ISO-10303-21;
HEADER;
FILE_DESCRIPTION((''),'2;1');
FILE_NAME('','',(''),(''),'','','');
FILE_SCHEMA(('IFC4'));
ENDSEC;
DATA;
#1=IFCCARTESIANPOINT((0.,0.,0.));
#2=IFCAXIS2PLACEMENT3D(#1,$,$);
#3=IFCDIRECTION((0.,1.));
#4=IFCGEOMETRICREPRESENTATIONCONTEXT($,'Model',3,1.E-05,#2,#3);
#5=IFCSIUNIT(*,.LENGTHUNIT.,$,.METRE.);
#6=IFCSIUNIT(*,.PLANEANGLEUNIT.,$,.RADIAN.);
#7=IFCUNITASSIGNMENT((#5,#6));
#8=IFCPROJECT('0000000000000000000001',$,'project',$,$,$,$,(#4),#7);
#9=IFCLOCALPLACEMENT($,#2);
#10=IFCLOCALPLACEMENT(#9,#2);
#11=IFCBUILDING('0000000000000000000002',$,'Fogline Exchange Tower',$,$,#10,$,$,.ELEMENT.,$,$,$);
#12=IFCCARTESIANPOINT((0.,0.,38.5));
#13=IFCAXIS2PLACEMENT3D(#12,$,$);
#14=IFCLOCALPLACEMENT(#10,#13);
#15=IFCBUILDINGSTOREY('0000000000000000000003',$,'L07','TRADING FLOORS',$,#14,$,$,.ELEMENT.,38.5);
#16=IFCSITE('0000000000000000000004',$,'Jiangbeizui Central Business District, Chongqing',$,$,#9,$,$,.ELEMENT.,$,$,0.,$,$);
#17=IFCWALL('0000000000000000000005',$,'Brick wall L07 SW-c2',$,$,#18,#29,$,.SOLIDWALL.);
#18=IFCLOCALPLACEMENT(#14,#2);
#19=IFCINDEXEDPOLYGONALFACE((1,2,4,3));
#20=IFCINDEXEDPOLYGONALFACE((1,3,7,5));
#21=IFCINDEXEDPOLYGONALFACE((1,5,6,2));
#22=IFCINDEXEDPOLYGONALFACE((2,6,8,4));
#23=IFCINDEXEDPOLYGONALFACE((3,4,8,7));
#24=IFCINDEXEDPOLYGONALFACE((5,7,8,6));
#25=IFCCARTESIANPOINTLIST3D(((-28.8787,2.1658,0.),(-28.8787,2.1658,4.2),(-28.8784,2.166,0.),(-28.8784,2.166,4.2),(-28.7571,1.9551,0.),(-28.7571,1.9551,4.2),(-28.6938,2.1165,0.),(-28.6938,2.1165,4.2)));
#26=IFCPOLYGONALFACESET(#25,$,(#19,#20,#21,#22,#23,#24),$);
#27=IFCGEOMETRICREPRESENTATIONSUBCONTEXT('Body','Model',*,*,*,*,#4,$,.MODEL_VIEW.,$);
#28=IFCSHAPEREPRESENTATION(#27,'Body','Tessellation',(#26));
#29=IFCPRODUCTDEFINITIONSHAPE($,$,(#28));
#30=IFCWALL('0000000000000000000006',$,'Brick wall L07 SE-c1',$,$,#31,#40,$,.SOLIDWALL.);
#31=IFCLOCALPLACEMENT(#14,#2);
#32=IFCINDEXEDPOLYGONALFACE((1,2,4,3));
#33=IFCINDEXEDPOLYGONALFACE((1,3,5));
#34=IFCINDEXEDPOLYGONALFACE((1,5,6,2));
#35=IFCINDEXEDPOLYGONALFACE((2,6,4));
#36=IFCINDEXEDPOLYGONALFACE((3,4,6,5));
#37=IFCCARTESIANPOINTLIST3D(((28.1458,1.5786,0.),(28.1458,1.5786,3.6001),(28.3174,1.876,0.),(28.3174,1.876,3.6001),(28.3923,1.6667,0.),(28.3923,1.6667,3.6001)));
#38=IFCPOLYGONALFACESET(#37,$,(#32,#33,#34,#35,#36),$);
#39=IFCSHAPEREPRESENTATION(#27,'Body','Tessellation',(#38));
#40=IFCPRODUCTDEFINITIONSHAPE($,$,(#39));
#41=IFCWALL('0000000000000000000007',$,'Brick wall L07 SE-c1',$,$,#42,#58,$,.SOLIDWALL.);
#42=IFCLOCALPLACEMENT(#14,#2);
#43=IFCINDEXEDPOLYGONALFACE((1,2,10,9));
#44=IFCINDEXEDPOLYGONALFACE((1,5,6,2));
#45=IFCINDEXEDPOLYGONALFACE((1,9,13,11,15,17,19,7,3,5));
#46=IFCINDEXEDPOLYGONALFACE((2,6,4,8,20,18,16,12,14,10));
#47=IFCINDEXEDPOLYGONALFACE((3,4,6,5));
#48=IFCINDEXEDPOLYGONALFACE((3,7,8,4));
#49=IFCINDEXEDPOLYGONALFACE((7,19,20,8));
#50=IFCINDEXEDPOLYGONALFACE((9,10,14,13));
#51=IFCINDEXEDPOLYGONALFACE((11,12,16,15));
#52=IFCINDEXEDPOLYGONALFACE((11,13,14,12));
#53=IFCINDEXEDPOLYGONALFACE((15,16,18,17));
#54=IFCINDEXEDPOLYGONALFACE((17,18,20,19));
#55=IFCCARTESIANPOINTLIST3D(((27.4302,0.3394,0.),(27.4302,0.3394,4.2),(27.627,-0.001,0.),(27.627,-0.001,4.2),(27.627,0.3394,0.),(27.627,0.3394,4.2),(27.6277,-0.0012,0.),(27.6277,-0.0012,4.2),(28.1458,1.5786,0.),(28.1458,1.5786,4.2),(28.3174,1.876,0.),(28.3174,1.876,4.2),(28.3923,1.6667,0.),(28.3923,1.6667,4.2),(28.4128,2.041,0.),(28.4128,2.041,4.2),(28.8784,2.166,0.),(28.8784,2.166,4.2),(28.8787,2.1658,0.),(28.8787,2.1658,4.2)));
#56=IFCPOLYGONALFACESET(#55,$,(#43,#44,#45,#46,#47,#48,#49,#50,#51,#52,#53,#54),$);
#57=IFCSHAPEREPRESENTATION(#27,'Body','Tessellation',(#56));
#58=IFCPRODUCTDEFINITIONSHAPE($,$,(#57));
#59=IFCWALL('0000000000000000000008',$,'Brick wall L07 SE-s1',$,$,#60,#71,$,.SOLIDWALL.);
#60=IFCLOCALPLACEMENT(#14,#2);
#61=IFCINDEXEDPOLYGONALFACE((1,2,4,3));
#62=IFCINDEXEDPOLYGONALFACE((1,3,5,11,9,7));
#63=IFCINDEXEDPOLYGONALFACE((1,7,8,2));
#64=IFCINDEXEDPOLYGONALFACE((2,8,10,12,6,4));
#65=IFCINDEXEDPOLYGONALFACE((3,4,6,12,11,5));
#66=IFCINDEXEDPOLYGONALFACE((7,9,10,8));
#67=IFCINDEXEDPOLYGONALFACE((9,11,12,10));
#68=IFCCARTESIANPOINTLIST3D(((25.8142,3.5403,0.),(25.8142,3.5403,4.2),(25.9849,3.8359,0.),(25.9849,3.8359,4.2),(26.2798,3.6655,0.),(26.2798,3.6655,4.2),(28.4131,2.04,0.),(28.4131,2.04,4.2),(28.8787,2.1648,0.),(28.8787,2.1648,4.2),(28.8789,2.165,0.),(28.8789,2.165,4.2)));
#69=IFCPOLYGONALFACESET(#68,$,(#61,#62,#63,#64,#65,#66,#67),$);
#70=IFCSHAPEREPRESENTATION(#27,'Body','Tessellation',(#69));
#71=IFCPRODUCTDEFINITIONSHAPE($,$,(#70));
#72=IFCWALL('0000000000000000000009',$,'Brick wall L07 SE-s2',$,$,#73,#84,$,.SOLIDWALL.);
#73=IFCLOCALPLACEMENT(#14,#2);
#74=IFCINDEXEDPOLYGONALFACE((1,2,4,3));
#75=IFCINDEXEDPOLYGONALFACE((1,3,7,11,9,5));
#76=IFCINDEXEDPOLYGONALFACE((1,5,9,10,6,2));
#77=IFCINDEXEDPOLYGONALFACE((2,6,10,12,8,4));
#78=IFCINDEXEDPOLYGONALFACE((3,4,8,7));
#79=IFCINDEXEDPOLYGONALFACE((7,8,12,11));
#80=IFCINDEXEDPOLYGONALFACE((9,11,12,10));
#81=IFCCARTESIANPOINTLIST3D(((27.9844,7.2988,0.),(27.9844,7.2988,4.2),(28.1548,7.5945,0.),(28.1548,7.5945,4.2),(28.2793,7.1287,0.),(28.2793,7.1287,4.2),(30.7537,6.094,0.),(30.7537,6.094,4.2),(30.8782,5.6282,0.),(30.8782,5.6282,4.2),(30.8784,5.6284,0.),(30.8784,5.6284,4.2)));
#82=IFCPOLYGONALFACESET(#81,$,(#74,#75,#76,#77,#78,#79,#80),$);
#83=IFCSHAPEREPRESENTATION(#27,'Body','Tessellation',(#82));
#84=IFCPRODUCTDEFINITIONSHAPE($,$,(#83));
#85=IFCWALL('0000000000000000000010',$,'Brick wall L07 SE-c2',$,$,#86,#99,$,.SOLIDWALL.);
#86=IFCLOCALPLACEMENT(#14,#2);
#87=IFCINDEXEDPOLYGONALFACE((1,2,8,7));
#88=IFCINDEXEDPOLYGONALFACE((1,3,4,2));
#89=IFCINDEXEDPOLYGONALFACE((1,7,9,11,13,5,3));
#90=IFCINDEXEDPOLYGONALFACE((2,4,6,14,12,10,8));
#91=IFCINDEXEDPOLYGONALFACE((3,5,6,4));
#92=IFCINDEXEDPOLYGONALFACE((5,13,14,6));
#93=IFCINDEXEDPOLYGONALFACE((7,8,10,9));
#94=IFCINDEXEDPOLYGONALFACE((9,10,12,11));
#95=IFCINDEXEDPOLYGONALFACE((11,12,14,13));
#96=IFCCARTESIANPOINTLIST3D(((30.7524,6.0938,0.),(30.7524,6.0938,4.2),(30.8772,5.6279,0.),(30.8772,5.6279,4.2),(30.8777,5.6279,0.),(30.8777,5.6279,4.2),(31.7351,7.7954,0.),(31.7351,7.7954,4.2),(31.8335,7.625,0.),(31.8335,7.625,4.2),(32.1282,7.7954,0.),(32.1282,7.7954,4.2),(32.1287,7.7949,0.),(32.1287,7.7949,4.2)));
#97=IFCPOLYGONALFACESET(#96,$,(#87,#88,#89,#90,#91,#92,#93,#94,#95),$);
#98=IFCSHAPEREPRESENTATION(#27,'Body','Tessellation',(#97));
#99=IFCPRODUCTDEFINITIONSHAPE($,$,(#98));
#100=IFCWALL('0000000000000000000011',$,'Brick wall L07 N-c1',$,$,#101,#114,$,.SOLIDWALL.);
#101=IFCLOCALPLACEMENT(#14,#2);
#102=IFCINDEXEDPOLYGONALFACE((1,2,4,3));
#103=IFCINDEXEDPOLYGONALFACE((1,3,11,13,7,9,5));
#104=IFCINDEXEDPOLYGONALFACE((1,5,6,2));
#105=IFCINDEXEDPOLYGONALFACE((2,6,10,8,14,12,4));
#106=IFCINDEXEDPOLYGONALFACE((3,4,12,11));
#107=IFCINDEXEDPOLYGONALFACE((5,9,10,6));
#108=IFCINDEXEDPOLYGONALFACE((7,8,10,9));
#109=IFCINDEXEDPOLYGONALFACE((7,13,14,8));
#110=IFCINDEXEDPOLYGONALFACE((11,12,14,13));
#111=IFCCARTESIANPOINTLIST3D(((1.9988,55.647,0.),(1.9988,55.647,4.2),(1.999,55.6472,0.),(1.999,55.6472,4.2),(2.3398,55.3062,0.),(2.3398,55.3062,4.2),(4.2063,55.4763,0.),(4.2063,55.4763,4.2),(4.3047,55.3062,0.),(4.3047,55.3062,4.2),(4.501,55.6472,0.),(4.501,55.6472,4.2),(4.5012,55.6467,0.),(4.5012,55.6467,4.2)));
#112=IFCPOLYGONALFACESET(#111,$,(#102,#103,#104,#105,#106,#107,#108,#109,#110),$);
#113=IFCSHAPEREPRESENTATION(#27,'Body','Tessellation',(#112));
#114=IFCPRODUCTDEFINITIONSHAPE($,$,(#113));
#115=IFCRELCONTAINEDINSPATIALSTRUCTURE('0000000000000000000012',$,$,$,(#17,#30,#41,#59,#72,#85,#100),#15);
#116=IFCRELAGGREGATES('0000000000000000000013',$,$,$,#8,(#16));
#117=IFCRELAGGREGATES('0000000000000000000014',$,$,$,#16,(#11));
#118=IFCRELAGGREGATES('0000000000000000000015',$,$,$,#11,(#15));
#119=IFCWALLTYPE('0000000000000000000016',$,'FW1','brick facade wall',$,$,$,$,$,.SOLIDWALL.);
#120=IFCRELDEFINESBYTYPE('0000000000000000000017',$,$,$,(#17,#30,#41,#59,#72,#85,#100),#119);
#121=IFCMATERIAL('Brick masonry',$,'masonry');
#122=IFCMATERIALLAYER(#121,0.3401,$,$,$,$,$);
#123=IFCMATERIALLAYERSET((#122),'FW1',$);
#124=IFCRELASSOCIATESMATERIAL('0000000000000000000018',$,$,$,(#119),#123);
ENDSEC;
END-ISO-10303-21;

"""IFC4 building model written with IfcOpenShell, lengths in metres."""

from ifc_helpers import new_model, si_unit, direction, frame, origin, place, context, subcontext, project, spatial, polyline, outline, extrude, material, layer, layer_set, type_object, element, save


model = new_model("IFC4")

# Units and contexts
model_context = context("Model", 3, precision=1e-05, world=origin(), true_north=direction((0.0, 1.0)))
body_context = subcontext(model_context, "Body", "Model", "MODEL_VIEW")
ifc_project = project(units=[si_unit("LENGTHUNIT", "METRE"), si_unit("PLANEANGLEUNIT", "RADIAN")], contexts=[model_context])

# Site, building, storey
site_placement = place(None, origin())
site = spatial("IfcSite", under=ifc_project, at=site_placement, Name="Jiangbeizui Central Business District, Chongqing", CompositionType="ELEMENT", RefElevation=0.0)
building_placement = place(site_placement, origin())
building = spatial("IfcBuilding", under=site, at=building_placement, Name="Fogline Exchange Tower", CompositionType="ELEMENT")
storey_placement = place(building_placement, frame((0.0, 0.0, 38.5)))
storey = spatial("IfcBuildingStorey", under=building, at=storey_placement, Name="L07", Description="TRADING FLOORS", CompositionType="ELEMENT", Elevation=38.5)

# Walls
ifc_material_1 = material(Name="Brick masonry", Category="masonry")
ifc_layer_1 = layer(ifc_material_1, 0.3401)
ifc_layer_set_1 = layer_set([ifc_layer_1], Name="FW1")
wall_type_1 = type_object("IfcWallType", Name="FW1", Description="brick facade wall", PredefinedType="SOLIDWALL", material=ifc_layer_set_1)
wall_1_placement = place(storey_placement, origin())
element("IfcWall", 1, at=wall_1_placement, inside=storey, type_object=wall_type_1, Name="Brick wall L07 SW-c2", PredefinedType="SOLIDWALL", context=body_context, shape_type="SweptSolid", body=[
    extrude(outline(polyline([(-28.8787, 2.1658), (-28.8784, 2.166), (-28.6938, 2.1165), (-28.7571, 1.9551), (-28.8787, 2.1658)])), origin(), (0.0, 0.0, 1.0), 4.2),
])
wall_2_placement = place(storey_placement, origin())
element("IfcWall", 2, at=wall_2_placement, inside=storey, type_object=wall_type_1, Name="Brick wall L07 SE-c1", PredefinedType="SOLIDWALL", context=body_context, shape_type="SweptSolid", body=[
    extrude(outline(polyline([(28.3174, 1.876), (28.3923, 1.6667), (28.1458, 1.5786), (28.3174, 1.876)])), origin(), (0.0, 0.0, 1.0), 3.6001),
])
wall_3_placement = place(storey_placement, origin())
element("IfcWall", 3, at=wall_3_placement, inside=storey, type_object=wall_type_1, Name="Brick wall L07 SE-c1", PredefinedType="SOLIDWALL", context=body_context, shape_type="SweptSolid", body=[
    extrude(outline(polyline([(27.6277, -0.0012), (27.627, -0.001), (27.627, 0.3394), (27.4302, 0.3394), (28.1458, 1.5786), (28.3923, 1.6667), (28.3174, 1.876), (28.4128, 2.041), (28.8784, 2.166), (28.8787, 2.1658), (27.6277, -0.0012)])), origin(), (0.0, 0.0, 1.0), 4.2),
])
wall_4_placement = place(storey_placement, origin())
element("IfcWall", 4, at=wall_4_placement, inside=storey, type_object=wall_type_1, Name="Brick wall L07 SE-s1", PredefinedType="SOLIDWALL", context=body_context, shape_type="SweptSolid", body=[
    extrude(outline(polyline([(25.8142, 3.5403), (25.9849, 3.8359), (26.2798, 3.6655), (28.8789, 2.165), (28.8787, 2.1648), (28.4131, 2.04), (25.8142, 3.5403)])), origin(), (0.0, 0.0, 1.0), 4.2),
])
wall_5_placement = place(storey_placement, origin())
element("IfcWall", 5, at=wall_5_placement, inside=storey, type_object=wall_type_1, Name="Brick wall L07 SE-s2", PredefinedType="SOLIDWALL", context=body_context, shape_type="SweptSolid", body=[
    extrude(outline(polyline([(30.8782, 5.6282), (28.2793, 7.1287), (27.9844, 7.2988), (28.1548, 7.5945), (30.7537, 6.094), (30.8784, 5.6284), (30.8782, 5.6282)])), origin(), (0.0, 0.0, 1.0), 4.2),
])
wall_6_placement = place(storey_placement, origin())
element("IfcWall", 6, at=wall_6_placement, inside=storey, type_object=wall_type_1, Name="Brick wall L07 SE-c2", PredefinedType="SOLIDWALL", context=body_context, shape_type="SweptSolid", body=[
    extrude(outline(polyline([(31.7351, 7.7954), (31.8335, 7.625), (32.1282, 7.7954), (32.1287, 7.7949), (30.8777, 5.6279), (30.8772, 5.6279), (30.7524, 6.0938), (31.7351, 7.7954)])), origin(), (0.0, 0.0, 1.0), 4.2),
])
wall_7_placement = place(storey_placement, origin())
element("IfcWall", 7, at=wall_7_placement, inside=storey, type_object=wall_type_1, Name="Brick wall L07 N-c1", PredefinedType="SOLIDWALL", context=body_context, shape_type="SweptSolid", body=[
    extrude(outline(polyline([(1.999, 55.6472), (4.501, 55.6472), (4.5012, 55.6467), (4.2063, 55.4763), (4.3047, 55.3062), (2.3398, 55.3062), (1.9988, 55.647), (1.999, 55.6472)])), origin(), (0.0, 0.0, 1.0), 4.2),
])

save(model, "model.ifc")
